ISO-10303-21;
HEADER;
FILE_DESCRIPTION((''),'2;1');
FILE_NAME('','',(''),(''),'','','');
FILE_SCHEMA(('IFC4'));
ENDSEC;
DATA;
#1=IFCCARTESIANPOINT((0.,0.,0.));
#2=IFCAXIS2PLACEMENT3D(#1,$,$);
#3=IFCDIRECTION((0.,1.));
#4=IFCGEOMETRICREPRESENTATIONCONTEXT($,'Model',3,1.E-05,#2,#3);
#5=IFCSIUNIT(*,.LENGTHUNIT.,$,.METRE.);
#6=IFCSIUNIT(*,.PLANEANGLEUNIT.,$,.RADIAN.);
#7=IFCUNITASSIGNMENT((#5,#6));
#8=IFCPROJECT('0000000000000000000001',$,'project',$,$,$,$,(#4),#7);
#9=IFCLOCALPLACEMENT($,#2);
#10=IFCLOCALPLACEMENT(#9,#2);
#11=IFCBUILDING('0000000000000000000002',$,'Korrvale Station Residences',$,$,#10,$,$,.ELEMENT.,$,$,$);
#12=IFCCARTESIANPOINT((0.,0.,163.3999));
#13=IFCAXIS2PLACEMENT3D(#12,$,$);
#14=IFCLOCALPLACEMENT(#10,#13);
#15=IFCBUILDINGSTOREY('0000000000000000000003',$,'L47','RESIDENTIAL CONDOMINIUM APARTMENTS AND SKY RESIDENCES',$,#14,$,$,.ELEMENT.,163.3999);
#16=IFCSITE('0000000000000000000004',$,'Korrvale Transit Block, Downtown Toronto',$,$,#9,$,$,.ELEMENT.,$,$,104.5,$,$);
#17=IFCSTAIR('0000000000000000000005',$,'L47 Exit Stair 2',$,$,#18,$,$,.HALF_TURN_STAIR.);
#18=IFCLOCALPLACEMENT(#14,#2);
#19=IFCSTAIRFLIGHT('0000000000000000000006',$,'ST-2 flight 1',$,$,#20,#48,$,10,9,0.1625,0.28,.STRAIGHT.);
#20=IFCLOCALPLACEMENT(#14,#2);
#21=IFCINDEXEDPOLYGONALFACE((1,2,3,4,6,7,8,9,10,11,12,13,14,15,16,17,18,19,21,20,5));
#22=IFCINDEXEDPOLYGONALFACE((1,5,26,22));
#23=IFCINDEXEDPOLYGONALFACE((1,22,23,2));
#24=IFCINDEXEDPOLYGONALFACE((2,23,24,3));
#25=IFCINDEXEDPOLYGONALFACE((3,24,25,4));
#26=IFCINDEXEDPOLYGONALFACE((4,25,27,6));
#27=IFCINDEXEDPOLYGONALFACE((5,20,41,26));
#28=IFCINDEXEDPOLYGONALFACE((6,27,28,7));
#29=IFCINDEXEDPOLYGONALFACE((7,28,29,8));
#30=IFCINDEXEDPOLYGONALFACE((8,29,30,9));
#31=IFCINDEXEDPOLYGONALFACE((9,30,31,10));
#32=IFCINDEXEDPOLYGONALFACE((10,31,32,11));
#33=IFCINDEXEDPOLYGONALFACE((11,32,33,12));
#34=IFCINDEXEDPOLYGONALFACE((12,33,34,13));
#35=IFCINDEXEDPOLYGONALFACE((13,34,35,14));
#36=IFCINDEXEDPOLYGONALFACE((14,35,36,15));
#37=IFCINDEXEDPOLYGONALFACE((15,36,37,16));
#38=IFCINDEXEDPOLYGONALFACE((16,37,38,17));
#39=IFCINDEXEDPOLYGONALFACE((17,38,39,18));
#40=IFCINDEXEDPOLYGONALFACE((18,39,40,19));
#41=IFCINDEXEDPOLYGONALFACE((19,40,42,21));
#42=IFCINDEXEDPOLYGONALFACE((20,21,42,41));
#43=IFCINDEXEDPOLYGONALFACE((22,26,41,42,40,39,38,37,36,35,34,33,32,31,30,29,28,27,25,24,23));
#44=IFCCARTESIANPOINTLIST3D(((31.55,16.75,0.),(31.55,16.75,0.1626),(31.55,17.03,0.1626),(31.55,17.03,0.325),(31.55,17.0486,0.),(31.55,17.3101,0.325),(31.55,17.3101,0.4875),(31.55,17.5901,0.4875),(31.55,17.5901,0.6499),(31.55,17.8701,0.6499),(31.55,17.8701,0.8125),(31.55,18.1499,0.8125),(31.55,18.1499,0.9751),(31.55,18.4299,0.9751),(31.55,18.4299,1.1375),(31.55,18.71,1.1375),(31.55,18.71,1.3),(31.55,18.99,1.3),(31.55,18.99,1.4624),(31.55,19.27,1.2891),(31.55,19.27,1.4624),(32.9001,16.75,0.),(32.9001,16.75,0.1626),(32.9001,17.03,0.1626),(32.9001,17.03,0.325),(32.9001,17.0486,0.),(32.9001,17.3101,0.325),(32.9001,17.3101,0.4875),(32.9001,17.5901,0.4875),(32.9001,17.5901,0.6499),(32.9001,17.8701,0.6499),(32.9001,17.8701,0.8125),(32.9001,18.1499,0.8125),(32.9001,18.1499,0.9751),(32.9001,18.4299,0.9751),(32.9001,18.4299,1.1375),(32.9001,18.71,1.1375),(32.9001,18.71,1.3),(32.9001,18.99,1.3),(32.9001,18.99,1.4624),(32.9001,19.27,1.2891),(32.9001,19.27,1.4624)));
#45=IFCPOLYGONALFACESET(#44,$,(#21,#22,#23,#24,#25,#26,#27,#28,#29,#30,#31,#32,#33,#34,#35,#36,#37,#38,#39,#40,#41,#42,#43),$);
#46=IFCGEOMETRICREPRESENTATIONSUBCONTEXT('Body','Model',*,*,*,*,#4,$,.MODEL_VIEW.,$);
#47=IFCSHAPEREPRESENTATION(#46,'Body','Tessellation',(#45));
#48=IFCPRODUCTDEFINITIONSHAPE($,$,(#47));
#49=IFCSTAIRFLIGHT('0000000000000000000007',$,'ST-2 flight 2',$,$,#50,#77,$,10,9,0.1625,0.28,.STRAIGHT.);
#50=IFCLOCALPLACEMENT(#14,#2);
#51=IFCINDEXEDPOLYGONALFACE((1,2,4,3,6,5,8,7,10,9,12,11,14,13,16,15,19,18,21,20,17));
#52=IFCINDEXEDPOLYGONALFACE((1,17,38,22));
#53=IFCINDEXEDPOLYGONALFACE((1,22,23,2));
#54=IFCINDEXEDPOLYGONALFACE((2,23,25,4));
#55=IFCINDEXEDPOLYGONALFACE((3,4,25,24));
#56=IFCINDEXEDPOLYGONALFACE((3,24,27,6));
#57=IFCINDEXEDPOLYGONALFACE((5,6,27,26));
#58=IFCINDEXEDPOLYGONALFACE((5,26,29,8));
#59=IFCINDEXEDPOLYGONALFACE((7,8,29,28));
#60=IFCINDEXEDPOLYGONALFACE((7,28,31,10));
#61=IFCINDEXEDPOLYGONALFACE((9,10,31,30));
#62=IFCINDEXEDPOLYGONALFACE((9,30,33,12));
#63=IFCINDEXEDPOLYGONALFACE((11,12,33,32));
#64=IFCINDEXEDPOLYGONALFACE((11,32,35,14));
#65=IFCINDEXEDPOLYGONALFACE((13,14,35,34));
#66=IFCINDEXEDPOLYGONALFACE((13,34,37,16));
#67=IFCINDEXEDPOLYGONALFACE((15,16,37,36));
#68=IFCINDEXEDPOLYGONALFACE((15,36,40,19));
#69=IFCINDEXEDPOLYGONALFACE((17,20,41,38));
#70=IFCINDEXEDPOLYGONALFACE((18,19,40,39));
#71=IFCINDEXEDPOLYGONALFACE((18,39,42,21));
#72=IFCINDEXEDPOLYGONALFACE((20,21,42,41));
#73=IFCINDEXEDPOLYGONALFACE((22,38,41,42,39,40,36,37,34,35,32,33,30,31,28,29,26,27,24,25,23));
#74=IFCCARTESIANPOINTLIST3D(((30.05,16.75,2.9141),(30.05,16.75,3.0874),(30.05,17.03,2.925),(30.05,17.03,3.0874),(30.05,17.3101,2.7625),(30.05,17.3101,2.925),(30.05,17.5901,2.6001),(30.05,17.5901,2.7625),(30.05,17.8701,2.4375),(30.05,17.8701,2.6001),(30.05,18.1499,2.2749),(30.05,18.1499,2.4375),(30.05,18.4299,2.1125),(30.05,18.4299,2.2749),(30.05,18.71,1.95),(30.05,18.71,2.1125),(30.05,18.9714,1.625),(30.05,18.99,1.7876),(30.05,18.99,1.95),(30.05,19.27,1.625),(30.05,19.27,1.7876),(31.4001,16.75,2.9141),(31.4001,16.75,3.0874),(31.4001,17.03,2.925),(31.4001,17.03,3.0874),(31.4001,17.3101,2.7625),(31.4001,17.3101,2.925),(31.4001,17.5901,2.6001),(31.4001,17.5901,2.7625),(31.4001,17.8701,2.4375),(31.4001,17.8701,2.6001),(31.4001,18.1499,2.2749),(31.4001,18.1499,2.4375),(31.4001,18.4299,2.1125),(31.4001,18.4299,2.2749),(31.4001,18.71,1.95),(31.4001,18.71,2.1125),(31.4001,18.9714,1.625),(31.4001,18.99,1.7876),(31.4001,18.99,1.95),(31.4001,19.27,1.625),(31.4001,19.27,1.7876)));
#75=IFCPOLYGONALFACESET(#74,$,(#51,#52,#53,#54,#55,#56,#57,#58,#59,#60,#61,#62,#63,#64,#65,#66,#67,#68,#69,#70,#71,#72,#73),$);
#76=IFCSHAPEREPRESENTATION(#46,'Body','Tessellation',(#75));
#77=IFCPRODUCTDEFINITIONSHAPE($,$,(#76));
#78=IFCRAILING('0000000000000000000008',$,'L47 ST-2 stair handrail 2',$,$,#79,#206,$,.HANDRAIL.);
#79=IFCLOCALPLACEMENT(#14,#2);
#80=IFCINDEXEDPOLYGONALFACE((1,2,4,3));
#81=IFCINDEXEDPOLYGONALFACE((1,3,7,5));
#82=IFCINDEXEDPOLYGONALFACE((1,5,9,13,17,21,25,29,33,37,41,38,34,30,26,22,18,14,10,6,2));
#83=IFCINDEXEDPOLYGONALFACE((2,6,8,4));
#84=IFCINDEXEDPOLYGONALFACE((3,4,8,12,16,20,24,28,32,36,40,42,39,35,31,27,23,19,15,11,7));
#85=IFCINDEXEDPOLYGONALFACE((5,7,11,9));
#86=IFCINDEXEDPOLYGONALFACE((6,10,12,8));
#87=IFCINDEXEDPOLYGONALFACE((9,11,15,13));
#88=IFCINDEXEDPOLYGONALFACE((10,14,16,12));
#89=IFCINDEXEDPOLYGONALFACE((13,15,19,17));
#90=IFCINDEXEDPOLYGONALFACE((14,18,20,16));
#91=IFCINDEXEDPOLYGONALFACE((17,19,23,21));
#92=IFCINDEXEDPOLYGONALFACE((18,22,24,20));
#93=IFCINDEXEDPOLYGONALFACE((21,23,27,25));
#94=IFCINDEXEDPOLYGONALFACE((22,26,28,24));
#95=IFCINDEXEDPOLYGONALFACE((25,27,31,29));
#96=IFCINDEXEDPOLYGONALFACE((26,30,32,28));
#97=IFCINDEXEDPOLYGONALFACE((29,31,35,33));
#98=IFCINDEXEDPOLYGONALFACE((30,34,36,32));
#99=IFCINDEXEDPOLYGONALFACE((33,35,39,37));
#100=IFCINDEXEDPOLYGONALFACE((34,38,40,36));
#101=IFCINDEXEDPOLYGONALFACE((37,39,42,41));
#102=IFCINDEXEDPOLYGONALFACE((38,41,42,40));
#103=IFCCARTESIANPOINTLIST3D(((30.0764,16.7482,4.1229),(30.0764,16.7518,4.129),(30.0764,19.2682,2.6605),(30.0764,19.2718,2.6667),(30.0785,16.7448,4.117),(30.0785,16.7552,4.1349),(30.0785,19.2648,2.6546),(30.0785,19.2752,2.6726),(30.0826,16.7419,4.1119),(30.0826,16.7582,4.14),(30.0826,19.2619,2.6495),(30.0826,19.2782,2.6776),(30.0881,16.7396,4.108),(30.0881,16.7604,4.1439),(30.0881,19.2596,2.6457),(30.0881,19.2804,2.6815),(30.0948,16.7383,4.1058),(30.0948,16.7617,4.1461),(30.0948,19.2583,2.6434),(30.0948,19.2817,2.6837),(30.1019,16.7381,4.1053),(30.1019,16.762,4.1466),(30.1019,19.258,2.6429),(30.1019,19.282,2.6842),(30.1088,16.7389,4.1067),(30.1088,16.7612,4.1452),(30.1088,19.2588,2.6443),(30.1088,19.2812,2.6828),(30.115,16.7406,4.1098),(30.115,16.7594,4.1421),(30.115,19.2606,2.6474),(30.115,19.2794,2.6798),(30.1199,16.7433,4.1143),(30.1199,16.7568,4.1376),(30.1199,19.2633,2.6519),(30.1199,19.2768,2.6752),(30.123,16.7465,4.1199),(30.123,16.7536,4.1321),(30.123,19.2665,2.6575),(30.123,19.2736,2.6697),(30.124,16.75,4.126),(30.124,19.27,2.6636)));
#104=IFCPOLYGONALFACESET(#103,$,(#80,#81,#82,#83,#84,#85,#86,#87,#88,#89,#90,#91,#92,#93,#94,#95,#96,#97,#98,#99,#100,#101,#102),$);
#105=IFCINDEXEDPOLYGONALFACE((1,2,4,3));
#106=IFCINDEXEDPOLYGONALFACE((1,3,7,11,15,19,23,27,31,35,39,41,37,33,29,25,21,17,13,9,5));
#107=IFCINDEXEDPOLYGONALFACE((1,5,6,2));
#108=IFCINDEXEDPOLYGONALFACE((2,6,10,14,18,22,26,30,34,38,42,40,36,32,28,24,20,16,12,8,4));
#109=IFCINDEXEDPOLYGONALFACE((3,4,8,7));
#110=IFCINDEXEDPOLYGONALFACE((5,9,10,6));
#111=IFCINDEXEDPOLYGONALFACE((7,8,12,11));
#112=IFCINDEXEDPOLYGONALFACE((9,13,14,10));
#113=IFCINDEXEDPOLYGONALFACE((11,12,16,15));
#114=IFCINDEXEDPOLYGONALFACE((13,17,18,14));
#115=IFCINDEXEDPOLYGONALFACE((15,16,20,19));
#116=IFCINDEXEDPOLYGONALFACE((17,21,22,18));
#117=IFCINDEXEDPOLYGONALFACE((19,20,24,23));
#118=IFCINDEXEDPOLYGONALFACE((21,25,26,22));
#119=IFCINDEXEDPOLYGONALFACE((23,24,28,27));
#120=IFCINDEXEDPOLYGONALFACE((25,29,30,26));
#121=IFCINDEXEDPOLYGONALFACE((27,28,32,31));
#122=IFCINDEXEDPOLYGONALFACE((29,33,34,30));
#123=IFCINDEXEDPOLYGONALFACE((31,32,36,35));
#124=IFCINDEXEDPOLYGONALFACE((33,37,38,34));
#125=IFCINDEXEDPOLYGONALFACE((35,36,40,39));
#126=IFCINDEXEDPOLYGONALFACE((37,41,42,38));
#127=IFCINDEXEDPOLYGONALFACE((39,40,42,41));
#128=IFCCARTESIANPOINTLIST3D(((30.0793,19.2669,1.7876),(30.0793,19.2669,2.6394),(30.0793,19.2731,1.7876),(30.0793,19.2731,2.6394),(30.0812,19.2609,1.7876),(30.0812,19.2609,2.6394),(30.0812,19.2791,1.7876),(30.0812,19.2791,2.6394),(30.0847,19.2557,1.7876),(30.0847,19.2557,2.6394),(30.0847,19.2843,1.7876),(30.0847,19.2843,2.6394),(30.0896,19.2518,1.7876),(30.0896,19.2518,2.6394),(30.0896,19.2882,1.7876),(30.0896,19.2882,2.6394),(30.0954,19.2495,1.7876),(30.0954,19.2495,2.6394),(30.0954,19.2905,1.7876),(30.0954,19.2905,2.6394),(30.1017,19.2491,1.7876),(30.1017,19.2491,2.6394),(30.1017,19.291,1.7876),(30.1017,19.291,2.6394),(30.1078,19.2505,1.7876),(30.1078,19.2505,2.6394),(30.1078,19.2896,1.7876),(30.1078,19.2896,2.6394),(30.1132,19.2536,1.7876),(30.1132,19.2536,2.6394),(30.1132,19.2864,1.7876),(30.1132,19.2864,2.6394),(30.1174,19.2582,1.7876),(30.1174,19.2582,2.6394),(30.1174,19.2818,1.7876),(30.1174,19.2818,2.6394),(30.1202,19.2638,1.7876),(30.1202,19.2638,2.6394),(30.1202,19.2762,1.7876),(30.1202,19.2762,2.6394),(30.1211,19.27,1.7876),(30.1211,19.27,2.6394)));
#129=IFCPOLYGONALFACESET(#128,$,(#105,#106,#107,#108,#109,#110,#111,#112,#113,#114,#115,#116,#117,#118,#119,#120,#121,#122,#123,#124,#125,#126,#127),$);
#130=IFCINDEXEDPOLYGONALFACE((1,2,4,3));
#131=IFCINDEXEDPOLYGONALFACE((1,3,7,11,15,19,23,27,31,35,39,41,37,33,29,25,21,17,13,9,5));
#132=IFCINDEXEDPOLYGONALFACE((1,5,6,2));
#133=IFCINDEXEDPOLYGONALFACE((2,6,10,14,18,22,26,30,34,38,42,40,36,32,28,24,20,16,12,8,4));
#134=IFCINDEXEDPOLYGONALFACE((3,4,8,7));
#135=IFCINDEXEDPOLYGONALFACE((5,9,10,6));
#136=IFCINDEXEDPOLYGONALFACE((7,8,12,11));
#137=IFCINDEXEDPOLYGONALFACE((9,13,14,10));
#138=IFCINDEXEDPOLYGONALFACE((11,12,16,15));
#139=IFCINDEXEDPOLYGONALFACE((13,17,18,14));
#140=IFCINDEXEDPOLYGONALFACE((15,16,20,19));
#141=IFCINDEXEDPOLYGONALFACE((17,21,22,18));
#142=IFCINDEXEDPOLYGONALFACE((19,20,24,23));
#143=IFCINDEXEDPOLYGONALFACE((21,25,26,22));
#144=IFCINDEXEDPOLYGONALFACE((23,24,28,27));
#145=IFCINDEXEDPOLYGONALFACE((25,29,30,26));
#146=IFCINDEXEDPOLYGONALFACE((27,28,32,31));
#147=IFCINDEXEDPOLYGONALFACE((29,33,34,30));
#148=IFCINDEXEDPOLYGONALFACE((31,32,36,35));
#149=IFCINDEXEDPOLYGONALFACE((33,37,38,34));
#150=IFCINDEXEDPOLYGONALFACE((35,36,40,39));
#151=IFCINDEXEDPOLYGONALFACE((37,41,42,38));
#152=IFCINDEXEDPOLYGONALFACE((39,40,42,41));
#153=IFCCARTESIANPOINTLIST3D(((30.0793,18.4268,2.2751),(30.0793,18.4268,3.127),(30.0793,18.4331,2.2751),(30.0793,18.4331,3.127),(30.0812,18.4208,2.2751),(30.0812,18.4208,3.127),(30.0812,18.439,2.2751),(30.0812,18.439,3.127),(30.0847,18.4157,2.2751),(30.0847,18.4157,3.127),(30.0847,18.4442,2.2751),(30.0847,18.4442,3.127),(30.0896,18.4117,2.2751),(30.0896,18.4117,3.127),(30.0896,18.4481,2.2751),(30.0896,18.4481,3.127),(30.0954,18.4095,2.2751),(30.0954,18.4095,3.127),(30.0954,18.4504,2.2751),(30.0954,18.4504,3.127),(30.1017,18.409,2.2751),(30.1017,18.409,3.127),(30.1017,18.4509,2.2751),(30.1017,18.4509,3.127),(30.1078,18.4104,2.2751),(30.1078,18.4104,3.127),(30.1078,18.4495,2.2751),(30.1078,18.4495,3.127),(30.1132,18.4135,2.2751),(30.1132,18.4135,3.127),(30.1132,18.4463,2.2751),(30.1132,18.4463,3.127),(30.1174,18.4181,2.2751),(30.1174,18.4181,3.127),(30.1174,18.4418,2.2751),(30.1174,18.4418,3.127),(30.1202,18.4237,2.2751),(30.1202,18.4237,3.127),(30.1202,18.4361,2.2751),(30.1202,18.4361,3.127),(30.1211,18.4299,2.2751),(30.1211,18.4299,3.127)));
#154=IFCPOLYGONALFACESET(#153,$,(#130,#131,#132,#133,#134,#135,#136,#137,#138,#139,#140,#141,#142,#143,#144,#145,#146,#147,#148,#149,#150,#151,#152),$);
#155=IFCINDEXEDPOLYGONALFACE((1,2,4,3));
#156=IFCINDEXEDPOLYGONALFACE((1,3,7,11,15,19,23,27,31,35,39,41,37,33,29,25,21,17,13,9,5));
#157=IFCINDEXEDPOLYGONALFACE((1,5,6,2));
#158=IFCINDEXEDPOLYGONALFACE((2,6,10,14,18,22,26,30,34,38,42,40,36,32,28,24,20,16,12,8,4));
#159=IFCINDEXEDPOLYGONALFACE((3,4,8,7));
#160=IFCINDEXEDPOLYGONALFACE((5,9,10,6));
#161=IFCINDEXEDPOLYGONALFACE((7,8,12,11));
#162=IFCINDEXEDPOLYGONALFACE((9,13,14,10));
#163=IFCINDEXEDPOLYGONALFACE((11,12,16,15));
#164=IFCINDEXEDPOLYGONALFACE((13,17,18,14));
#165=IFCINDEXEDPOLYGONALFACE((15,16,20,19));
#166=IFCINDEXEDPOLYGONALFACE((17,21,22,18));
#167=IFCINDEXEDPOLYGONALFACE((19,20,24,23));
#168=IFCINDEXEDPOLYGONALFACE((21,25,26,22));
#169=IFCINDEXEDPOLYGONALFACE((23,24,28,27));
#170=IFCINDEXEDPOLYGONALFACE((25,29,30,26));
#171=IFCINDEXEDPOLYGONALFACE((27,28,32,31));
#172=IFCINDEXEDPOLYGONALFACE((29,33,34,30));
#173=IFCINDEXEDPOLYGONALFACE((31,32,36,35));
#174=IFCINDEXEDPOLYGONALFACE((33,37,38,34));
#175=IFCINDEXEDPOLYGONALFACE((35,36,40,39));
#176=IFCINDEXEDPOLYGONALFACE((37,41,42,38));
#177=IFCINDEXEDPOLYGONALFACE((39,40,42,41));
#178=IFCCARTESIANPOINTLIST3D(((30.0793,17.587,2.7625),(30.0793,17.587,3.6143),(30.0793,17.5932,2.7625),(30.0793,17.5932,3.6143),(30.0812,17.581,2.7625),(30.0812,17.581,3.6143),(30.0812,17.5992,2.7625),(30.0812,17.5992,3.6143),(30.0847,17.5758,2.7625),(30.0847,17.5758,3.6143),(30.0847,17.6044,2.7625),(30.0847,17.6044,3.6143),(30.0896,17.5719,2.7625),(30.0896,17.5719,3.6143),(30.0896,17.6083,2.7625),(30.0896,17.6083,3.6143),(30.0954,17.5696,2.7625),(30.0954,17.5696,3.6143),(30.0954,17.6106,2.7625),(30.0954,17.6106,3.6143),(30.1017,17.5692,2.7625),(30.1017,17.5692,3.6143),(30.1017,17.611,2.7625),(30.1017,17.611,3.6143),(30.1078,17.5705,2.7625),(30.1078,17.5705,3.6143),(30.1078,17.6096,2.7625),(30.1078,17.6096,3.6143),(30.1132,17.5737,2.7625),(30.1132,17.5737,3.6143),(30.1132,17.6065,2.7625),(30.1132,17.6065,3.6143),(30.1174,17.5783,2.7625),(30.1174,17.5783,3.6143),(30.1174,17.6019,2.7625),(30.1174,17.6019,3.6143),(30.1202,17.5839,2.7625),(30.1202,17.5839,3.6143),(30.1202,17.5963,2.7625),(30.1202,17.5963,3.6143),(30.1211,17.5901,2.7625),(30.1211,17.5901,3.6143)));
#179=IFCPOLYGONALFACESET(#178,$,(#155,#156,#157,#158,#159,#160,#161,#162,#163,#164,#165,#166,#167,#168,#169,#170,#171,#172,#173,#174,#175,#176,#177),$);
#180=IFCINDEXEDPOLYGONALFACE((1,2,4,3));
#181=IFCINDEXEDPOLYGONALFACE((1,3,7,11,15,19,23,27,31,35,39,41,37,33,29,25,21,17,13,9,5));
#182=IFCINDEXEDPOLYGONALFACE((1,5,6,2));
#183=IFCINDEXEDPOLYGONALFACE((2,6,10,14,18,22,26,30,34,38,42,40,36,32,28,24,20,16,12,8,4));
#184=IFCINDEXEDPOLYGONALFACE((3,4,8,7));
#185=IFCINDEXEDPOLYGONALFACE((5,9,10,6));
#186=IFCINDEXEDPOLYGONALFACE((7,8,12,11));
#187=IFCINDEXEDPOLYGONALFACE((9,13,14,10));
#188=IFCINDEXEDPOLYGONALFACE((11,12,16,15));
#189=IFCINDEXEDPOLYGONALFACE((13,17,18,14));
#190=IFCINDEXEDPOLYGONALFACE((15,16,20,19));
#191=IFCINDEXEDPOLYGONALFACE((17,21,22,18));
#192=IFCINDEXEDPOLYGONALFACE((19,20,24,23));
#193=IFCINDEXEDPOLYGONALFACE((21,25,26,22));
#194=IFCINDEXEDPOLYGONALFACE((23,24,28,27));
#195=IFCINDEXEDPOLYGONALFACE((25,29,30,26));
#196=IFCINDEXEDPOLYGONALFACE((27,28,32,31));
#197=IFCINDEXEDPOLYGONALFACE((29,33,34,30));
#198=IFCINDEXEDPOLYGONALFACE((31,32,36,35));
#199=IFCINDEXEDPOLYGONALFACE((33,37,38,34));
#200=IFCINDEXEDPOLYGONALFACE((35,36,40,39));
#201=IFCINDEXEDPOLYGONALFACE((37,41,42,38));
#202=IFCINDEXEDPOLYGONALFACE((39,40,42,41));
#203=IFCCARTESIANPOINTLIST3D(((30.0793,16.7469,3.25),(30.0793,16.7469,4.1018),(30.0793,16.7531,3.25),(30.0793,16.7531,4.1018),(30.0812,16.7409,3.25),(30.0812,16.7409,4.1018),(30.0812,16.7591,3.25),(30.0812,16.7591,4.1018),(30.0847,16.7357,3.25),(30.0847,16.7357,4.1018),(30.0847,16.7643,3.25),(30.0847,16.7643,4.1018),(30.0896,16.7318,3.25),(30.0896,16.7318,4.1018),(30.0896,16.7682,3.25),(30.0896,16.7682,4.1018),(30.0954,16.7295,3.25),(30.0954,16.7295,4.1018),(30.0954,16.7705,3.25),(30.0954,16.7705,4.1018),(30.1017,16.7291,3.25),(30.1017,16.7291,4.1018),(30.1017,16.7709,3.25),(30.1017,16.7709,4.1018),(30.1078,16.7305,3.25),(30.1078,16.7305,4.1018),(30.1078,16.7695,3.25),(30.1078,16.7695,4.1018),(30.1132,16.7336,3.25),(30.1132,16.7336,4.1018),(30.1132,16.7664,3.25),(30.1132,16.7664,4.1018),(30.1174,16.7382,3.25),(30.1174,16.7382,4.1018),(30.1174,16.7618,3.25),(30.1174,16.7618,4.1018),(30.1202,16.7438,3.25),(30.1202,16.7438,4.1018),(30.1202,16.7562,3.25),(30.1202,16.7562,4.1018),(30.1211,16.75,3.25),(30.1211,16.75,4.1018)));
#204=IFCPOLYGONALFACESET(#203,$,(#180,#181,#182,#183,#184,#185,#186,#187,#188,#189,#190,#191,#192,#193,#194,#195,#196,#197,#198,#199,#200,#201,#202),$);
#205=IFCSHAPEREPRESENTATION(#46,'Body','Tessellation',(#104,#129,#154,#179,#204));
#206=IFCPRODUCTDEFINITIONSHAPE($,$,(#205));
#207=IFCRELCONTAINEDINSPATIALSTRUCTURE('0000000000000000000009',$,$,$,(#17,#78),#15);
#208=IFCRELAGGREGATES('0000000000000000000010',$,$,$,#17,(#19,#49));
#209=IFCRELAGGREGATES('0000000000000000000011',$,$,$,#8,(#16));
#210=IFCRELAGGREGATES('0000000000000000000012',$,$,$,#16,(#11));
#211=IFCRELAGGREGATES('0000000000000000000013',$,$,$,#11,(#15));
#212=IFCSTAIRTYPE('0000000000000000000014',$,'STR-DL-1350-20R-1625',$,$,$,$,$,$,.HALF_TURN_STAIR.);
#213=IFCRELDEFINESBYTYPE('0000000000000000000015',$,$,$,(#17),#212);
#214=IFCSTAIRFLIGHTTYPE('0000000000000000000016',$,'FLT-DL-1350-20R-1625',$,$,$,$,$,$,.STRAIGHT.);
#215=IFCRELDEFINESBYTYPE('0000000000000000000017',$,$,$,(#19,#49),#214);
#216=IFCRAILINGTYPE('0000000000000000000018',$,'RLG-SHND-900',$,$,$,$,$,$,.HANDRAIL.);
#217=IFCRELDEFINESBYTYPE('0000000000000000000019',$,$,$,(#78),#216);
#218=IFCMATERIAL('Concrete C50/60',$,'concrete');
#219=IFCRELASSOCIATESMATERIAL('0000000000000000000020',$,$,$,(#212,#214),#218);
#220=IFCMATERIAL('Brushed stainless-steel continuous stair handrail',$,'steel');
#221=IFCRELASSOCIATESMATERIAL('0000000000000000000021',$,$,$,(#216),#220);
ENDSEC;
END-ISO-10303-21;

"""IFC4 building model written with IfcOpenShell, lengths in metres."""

from ifc_helpers import new_model, si_unit, direction, frame, origin, origin_2d, place, context, subcontext, project, spatial, polyline, circle, outline, extrude, material, type_object, element, aggregate, save


model = new_model("IFC4")

# Units and contexts
model_context = context("Model", 3, precision=1e-05, world=origin(), true_north=direction((0.0, 1.0)))
body_context = subcontext(model_context, "Body", "Model", "MODEL_VIEW")
ifc_project = project(units=[si_unit("LENGTHUNIT", "METRE"), si_unit("PLANEANGLEUNIT", "RADIAN")], contexts=[model_context])

# Site, building, storey
site_placement = place(None, origin())
site = spatial("IfcSite", under=ifc_project, at=site_placement, Name="Korrvale Transit Block, Downtown Toronto", CompositionType="ELEMENT", RefElevation=104.5)
building_placement = place(site_placement, origin())
building = spatial("IfcBuilding", under=site, at=building_placement, Name="Korrvale Station Residences", CompositionType="ELEMENT")
storey_placement = place(building_placement, frame((0.0, 0.0, 163.3999)))
storey = spatial("IfcBuildingStorey", under=building, at=storey_placement, Name="L47", Description="RESIDENTIAL CONDOMINIUM APARTMENTS AND SKY RESIDENCES", CompositionType="ELEMENT", Elevation=163.3999)

# Stair, stair flights
ifc_material_1 = material(Name="Concrete C50/60", Category="concrete")
stair_type = type_object("IfcStairType", Name="STR-DL-1350-20R-1625", PredefinedType="HALF_TURN_STAIR", material=ifc_material_1)
stair_placement = place(storey_placement, origin())
stair = element("IfcStair", 1, at=stair_placement, inside=storey, type_object=stair_type, Name="L47 Exit Stair 2", PredefinedType="HALF_TURN_STAIR")
stair_flight_type = type_object("IfcStairFlightType", Name="FLT-DL-1350-20R-1625", PredefinedType="STRAIGHT", material=ifc_material_1)
stair_flight_1_placement = place(storey_placement, frame((32.2251, 16.75, 0.0), z_axis=(0.0, 0.0, 1.0), x_axis=(0.0, 1.0, 0.0)))
stair_flight_1 = element("IfcStairFlight", 2, at=stair_flight_1_placement, type_object=stair_flight_type, Name="ST-2 flight 1", NumberOfRisers=10, NumberOfTreads=9, PredefinedType="STRAIGHT", RiserHeight=0.1625, TreadLength=0.28, context=body_context, shape_type="SweptSolid", body=[
    extrude(outline(polyline([(0.0, 0.0), (0.0, 0.1626), (0.28, 0.1626), (0.28, 0.325), (0.5601, 0.325), (0.5601, 0.4875), (0.8401, 0.4875), (0.8401, 0.6499), (1.1201, 0.6499), (1.1201, 0.8125), (1.3999, 0.8125), (1.3999, 0.9751), (1.6799, 0.9751), (1.6799, 1.1375), (1.96, 1.1375), (1.96, 1.3), (2.24, 1.3), (2.24, 1.4624), (2.52, 1.4624), (2.52, 1.625), (2.52, 1.2891), (0.2986, 0.0), (0.0, 0.0)])), frame((0.0, 0.675, 0.0), z_axis=(0.0, -1.0, 0.0), x_axis=(1.0, 0.0, 0.0)), (0.0, 0.0, 1.0), 1.3501),
])
stair_flight_2_placement = place(storey_placement, frame((30.7251, 19.27, 1.625), z_axis=(0.0, 0.0, 1.0), x_axis=(0.0, -1.0, 0.0)))
stair_flight_2 = element("IfcStairFlight", 3, at=stair_flight_2_placement, type_object=stair_flight_type, Name="ST-2 flight 2", NumberOfRisers=10, NumberOfTreads=9, PredefinedType="STRAIGHT", RiserHeight=0.1625, TreadLength=0.28, context=body_context, shape_type="SweptSolid", body=[
    extrude(outline(polyline([(0.0, 0.0), (0.0, 0.1626), (0.28, 0.1626), (0.28, 0.325), (0.5601, 0.325), (0.5601, 0.4875), (0.8401, 0.4875), (0.8401, 0.6499), (1.1201, 0.6499), (1.1201, 0.8125), (1.3999, 0.8125), (1.3999, 0.9751), (1.6799, 0.9751), (1.6799, 1.1375), (1.96, 1.1375), (1.96, 1.3), (2.24, 1.3), (2.24, 1.4624), (2.52, 1.4624), (2.52, 1.625), (2.52, 1.2891), (0.2986, 0.0), (0.0, 0.0)])), frame((0.0, 0.675, 0.0), z_axis=(0.0, -1.0, 0.0), x_axis=(1.0, 0.0, 0.0)), (0.0, 0.0, 1.0), 1.3501),
])
aggregate(stair, [stair_flight_1, stair_flight_2])

# Railing
ifc_material_2 = material(Name="Brushed stainless-steel continuous stair handrail", Category="steel")
railing_type_1 = type_object("IfcRailingType", Name="RLG-SHND-900", PredefinedType="HANDRAIL", material=ifc_material_2)
railing_1_placement = place(storey_placement, frame((30.1001, 19.27, 1.7876)))
element("IfcRailing", 4, at=railing_1_placement, inside=storey, type_object=railing_type_1, Name="L47 ST-2 stair handrail 2", PredefinedType="HANDRAIL", context=body_context, shape_type="SweptSolid", body=[
    extrude(circle(Radius=0.0239, at=origin_2d()), frame((0.0, 0.0, 0.876), z_axis=(0.0, -0.864913, 0.501921), x_axis=(1.0, 0.0, 0.0)), (0.0, 0.0, 1.0), 2.9136),
    extrude(circle(Radius=0.021, at=origin_2d()), origin(), (0.0, 0.0, 1.0), 0.8518),
    extrude(circle(Radius=0.021, at=origin_2d()), frame((0.0, -0.8401, 0.4875)), (0.0, 0.0, 1.0), 0.8518),
    extrude(circle(Radius=0.021, at=origin_2d()), frame((0.0, -1.6799, 0.9749)), (0.0, 0.0, 1.0), 0.8518),
    extrude(circle(Radius=0.021, at=origin_2d()), frame((0.0, -2.52, 1.4624)), (0.0, 0.0, 1.0), 0.8518),
])

save(model, "model.ifc")
